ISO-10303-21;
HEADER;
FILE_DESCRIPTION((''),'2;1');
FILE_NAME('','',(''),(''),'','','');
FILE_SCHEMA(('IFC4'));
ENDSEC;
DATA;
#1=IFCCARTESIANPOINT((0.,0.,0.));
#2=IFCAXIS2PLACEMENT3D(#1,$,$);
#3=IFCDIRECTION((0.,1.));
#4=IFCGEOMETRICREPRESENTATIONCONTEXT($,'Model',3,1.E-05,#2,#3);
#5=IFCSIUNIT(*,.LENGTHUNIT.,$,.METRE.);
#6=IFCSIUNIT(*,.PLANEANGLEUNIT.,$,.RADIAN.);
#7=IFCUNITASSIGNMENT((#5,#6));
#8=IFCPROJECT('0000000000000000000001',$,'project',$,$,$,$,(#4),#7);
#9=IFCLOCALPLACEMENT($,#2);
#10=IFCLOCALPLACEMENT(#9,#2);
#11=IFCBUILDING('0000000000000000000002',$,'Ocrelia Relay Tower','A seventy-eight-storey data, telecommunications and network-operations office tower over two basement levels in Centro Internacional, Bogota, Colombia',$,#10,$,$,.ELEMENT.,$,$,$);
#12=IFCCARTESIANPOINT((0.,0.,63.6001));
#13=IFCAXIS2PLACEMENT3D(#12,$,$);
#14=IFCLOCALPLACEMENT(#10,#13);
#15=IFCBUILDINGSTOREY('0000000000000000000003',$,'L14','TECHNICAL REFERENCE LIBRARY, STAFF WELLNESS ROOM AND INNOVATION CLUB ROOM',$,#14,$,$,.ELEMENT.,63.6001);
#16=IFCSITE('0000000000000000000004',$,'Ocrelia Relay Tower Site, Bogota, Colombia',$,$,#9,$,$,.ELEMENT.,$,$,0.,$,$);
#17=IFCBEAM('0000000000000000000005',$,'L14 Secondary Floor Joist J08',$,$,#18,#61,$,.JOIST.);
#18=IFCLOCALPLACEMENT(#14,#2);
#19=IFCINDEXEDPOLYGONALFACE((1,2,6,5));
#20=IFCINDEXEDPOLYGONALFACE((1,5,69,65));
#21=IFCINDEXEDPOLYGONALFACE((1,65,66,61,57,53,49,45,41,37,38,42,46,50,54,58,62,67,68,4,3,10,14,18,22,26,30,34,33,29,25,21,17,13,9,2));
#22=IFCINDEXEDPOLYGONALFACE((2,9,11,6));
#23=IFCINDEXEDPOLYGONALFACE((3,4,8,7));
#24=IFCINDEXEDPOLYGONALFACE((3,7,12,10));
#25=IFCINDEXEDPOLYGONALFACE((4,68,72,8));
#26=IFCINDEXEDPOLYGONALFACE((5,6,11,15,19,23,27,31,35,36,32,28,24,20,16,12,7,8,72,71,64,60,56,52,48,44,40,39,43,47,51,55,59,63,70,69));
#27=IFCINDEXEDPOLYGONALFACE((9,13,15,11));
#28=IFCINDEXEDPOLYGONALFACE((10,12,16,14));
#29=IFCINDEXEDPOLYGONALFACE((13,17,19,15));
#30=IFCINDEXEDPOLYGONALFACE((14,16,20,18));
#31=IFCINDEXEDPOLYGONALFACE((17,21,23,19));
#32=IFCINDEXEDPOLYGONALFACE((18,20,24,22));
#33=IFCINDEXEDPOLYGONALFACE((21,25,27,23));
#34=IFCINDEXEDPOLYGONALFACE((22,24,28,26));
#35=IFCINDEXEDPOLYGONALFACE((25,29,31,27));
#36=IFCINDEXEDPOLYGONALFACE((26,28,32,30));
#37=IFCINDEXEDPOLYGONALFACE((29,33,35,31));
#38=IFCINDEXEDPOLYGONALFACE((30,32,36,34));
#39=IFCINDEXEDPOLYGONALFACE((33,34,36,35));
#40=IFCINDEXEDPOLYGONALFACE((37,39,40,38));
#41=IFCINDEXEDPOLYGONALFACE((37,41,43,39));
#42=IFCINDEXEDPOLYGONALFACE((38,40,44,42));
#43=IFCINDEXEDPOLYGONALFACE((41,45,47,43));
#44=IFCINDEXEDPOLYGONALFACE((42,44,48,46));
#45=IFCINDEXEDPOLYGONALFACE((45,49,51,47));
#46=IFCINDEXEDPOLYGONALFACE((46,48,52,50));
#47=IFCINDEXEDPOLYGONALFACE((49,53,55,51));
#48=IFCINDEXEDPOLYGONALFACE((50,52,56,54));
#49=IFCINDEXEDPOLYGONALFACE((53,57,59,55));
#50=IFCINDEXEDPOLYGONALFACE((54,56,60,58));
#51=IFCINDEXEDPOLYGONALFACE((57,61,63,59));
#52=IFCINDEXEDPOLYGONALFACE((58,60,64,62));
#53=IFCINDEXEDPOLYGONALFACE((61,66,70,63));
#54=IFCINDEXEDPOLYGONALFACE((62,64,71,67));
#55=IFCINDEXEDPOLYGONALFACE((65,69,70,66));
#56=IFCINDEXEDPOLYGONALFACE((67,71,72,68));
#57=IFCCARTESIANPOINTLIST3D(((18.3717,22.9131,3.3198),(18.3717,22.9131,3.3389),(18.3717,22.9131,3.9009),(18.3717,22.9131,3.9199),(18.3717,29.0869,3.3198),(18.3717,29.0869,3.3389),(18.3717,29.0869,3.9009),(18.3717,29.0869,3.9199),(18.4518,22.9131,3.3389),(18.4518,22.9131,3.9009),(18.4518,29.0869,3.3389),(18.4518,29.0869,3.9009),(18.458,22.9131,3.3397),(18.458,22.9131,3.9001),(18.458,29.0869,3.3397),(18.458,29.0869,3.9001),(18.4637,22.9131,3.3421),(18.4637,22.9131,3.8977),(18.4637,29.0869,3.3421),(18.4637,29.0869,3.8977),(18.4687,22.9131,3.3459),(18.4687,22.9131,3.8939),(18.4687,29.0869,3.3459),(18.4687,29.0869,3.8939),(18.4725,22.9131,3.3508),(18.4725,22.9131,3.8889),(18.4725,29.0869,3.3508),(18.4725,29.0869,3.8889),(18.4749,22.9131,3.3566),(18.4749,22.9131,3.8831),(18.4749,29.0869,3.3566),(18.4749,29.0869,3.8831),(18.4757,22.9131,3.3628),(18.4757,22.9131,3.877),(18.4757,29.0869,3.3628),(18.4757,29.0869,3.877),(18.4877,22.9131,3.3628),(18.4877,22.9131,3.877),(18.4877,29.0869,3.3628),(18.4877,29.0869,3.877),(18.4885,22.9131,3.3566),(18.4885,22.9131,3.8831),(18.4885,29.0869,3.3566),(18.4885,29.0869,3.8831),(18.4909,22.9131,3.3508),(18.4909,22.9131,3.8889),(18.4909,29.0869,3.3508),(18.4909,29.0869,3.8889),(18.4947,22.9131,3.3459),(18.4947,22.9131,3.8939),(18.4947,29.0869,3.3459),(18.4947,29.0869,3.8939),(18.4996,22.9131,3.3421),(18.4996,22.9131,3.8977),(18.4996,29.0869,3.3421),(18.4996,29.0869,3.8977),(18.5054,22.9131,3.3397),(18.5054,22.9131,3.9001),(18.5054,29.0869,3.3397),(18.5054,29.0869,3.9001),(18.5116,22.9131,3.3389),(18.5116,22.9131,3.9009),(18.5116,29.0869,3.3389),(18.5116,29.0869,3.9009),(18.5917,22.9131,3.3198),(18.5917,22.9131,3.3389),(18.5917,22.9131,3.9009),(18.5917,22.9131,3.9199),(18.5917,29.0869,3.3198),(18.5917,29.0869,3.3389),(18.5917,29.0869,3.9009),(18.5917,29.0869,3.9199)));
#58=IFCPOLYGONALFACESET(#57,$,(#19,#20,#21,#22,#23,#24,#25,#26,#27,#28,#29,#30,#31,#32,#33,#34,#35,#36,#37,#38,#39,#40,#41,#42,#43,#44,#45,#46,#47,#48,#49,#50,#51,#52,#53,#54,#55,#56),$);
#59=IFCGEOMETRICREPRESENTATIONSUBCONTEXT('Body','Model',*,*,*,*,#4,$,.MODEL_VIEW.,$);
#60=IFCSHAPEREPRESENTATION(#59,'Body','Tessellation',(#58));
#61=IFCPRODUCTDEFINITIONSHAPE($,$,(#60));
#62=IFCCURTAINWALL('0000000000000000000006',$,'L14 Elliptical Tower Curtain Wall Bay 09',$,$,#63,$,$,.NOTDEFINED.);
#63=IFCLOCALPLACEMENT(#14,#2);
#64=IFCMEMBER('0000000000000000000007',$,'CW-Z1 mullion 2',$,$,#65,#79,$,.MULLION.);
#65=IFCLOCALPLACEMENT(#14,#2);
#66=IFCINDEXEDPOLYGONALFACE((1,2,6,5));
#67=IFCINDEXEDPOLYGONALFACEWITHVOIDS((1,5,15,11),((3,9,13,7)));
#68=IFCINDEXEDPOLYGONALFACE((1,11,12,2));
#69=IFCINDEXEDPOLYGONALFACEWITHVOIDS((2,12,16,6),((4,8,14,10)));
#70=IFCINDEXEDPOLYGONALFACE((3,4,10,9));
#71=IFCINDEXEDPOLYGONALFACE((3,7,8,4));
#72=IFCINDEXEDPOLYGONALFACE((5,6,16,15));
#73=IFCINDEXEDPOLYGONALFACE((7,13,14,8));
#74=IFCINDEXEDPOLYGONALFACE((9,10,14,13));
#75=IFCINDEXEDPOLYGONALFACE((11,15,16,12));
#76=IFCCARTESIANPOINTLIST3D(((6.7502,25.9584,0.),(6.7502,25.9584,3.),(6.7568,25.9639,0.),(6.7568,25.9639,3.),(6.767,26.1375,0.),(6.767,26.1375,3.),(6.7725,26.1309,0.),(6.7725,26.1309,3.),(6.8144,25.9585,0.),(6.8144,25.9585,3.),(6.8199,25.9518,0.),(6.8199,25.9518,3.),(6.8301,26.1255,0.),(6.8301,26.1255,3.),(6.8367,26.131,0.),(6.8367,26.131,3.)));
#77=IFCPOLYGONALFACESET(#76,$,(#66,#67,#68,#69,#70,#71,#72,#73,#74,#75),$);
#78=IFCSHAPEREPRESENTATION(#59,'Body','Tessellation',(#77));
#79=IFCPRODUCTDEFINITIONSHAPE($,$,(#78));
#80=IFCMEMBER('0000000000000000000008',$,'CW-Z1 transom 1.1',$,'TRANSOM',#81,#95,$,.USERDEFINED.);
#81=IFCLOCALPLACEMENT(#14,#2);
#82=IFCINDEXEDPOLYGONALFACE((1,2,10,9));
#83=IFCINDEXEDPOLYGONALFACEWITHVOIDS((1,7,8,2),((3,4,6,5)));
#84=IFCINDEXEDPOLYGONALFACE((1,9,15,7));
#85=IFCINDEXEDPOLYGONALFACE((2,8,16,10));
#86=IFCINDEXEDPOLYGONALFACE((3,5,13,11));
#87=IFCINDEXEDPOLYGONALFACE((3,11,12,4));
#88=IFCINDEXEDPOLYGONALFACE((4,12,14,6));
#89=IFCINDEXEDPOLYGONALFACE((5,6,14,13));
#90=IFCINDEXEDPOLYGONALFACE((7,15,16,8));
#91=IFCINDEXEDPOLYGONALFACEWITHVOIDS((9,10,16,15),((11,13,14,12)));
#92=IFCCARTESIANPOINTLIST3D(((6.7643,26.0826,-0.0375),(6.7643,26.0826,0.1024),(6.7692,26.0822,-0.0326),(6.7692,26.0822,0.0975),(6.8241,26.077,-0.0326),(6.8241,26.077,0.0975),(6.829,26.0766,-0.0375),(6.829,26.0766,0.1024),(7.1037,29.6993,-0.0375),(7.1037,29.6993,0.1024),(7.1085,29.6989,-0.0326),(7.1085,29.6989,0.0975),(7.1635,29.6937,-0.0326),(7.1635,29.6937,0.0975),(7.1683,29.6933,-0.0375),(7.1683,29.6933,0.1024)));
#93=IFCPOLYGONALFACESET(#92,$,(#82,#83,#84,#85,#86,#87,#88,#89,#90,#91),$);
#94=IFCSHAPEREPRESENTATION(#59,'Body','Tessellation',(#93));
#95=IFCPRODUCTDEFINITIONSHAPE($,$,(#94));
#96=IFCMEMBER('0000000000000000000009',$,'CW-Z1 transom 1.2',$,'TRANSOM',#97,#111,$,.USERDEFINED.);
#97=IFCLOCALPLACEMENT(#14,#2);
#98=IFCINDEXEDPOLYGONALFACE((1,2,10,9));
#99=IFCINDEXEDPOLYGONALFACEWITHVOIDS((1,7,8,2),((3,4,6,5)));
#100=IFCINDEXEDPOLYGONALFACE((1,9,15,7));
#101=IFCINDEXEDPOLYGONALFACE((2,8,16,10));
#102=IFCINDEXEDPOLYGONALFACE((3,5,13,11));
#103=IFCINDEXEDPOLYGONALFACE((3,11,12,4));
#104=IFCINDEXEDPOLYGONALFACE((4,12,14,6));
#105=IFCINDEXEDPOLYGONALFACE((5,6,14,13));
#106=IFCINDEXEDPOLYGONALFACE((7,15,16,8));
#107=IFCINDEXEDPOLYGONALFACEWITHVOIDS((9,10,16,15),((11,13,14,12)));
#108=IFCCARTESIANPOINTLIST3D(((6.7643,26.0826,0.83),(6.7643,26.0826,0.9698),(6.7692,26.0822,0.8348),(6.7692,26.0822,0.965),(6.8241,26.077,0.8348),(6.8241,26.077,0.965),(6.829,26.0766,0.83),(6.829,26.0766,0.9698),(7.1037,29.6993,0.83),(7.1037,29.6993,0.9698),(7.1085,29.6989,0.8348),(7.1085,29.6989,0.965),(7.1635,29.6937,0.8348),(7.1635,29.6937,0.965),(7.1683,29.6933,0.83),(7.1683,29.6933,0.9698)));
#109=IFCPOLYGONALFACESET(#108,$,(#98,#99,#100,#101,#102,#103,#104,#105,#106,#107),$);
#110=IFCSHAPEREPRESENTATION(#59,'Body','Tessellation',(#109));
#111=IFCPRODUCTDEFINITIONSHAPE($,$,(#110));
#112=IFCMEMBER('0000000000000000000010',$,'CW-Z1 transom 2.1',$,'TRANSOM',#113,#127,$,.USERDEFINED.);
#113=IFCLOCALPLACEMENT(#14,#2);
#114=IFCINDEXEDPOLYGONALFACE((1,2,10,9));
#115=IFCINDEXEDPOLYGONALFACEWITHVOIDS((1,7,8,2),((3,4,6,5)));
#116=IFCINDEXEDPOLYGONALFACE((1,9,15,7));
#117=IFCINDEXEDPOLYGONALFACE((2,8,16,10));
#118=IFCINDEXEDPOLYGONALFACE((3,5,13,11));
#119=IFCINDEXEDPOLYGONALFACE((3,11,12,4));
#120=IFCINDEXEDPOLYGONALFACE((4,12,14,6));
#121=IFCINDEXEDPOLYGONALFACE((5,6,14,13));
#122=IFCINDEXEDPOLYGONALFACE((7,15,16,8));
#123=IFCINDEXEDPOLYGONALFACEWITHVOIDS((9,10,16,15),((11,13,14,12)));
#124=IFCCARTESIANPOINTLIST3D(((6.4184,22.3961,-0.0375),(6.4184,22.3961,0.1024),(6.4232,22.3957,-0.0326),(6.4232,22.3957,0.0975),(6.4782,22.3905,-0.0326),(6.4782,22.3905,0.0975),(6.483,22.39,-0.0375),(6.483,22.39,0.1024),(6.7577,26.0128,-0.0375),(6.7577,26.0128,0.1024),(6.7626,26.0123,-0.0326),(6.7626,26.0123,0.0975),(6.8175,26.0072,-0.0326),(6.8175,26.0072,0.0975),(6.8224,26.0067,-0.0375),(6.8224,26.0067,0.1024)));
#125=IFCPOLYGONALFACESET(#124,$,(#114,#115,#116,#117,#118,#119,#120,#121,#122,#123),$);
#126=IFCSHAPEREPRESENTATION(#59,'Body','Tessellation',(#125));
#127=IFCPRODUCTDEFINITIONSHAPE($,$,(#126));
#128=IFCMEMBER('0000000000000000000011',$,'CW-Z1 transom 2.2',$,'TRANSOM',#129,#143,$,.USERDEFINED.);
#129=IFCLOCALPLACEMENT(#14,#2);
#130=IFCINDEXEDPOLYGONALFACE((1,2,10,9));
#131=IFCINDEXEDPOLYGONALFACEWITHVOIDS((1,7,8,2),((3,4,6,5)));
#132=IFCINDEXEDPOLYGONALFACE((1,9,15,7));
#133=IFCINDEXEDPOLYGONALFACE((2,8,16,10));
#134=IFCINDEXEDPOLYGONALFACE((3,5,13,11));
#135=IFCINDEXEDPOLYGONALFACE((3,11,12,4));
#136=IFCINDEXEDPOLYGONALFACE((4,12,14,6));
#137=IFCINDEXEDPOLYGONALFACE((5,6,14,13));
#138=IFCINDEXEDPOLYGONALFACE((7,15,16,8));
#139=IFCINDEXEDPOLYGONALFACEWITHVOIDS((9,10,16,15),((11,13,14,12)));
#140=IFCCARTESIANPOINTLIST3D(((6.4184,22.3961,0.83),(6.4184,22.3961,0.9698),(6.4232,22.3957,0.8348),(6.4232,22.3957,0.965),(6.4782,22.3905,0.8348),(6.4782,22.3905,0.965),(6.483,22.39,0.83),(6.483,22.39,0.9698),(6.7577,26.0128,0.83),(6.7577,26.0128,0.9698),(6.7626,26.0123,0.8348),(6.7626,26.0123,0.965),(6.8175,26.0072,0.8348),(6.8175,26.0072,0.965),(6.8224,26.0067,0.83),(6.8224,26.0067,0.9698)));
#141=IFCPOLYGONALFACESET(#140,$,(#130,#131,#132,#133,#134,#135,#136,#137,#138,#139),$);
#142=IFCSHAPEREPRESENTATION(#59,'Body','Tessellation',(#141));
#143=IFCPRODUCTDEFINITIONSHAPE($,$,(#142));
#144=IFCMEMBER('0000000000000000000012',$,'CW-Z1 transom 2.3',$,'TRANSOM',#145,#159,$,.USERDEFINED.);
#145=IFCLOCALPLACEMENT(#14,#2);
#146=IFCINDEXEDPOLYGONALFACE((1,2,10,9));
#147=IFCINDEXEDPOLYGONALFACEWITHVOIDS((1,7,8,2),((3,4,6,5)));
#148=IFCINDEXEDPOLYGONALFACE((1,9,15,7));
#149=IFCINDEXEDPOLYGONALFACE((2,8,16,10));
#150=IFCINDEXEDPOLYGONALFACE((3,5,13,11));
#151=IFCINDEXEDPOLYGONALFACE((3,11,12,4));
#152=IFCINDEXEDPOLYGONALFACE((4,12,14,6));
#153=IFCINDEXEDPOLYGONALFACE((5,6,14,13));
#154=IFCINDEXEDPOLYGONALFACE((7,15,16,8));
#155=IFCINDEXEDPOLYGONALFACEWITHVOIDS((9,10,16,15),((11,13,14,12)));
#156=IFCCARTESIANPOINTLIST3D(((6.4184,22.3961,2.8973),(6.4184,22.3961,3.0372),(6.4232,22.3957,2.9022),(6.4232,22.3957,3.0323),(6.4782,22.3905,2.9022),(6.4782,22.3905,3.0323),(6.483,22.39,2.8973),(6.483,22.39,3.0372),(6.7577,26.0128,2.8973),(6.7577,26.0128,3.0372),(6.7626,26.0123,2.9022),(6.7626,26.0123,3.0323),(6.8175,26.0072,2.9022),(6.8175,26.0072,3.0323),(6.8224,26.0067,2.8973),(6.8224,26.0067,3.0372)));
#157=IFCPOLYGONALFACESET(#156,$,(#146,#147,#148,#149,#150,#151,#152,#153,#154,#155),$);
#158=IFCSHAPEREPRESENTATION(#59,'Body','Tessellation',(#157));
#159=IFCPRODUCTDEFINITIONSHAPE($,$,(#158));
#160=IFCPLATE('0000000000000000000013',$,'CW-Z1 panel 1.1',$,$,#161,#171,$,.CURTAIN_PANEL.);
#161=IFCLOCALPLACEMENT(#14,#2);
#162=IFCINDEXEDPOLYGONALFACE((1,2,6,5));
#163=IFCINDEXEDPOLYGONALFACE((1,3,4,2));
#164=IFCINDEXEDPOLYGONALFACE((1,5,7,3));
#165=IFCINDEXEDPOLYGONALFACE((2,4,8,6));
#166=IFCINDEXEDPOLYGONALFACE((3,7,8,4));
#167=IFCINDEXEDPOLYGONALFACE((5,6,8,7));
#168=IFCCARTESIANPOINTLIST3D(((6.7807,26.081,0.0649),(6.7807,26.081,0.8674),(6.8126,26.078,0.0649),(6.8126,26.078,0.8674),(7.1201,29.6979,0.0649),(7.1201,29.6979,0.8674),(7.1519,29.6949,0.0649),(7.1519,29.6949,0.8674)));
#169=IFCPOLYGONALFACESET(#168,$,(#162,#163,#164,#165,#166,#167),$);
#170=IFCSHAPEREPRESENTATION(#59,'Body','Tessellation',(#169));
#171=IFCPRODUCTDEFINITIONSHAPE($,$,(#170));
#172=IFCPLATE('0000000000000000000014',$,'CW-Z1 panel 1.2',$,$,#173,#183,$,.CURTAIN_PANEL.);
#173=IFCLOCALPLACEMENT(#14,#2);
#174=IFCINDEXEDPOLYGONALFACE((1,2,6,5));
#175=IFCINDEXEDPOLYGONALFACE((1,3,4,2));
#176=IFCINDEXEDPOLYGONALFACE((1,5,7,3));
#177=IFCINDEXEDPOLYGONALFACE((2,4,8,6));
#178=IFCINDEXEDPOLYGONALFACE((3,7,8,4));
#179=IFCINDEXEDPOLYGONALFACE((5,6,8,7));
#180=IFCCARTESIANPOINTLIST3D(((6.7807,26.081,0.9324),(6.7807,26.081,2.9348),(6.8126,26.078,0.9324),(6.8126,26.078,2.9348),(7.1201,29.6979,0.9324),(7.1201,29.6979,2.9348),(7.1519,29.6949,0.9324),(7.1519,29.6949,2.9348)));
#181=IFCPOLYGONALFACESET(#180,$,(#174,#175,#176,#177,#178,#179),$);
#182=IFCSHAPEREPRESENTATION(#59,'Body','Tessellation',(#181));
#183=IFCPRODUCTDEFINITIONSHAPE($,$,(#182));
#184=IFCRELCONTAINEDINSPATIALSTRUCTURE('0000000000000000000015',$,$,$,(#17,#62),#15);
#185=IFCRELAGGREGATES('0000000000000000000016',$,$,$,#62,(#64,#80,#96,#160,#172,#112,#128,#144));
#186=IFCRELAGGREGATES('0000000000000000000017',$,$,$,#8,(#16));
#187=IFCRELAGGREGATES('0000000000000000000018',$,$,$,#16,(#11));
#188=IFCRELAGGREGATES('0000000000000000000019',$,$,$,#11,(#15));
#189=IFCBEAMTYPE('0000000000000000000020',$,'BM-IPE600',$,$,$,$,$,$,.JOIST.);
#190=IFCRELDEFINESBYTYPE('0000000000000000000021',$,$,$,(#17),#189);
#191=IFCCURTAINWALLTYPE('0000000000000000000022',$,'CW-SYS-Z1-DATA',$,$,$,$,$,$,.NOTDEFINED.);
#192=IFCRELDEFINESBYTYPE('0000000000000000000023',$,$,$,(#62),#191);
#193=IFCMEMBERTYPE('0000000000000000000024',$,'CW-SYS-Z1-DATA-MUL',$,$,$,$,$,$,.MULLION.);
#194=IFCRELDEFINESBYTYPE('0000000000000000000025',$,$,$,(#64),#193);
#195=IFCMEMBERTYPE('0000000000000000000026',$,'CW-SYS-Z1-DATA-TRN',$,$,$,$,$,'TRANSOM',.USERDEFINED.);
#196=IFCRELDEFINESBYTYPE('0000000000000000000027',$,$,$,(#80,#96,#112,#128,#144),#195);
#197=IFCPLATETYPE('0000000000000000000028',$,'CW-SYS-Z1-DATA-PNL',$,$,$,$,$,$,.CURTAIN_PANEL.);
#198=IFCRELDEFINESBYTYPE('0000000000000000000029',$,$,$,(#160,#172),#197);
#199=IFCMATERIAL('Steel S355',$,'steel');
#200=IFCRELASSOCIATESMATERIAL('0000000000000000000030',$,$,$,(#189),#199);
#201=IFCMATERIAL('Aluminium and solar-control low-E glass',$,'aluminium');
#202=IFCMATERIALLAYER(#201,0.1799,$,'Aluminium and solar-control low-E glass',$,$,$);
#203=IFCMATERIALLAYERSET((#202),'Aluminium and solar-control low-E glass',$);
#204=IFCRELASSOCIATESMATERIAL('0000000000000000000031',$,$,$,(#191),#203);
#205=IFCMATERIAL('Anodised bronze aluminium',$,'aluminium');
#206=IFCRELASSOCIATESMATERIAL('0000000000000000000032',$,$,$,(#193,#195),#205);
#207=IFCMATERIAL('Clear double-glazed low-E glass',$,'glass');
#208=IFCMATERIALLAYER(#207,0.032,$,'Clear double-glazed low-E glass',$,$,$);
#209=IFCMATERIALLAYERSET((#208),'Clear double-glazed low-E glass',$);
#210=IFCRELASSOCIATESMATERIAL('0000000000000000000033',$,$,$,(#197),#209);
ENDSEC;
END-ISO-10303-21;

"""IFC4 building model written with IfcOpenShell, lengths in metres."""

from ifc_helpers import new_model, si_unit, direction, frame, origin, origin_2d, place, context, subcontext, project, spatial, rectangle, hollow_rectangle, i_section, extrude, material, layer, layer_set, material_profile, profile_set, type_object, element, aggregate, save


model = new_model("IFC4")

# Units and contexts
model_context = context("Model", 3, precision=1e-05, world=origin(), true_north=direction((0.0, 1.0)))
body_context = subcontext(model_context, "Body", "Model", "MODEL_VIEW")
ifc_project = project(units=[si_unit("LENGTHUNIT", "METRE"), si_unit("PLANEANGLEUNIT", "RADIAN")], contexts=[model_context])

# Site, building, storey
site_placement = place(None, origin())
site = spatial("IfcSite", under=ifc_project, at=site_placement, Name="Ocrelia Relay Tower Site, Bogota, Colombia", CompositionType="ELEMENT", RefElevation=0.0)
building_placement = place(site_placement, origin())
building = spatial("IfcBuilding", under=site, at=building_placement, Name="Ocrelia Relay Tower", Description="A seventy-eight-storey data, telecommunications and network-operations office tower over two basement levels in Centro Internacional, Bogota, Colombia", CompositionType="ELEMENT")
storey_placement = place(building_placement, frame((0.0, 0.0, 63.6001)))
storey = spatial("IfcBuildingStorey", under=building, at=storey_placement, Name="L14", Description="TECHNICAL REFERENCE LIBRARY, STAFF WELLNESS ROOM AND INNOVATION CLUB ROOM", CompositionType="ELEMENT", Elevation=63.6001)

# Beam
ifc_material_1 = material(Name="Steel S355", Category="steel")
ifc_material_profile_1 = material_profile(ifc_material_1, i_section(OverallWidth=0.22, OverallDepth=0.6001, WebThickness=0.012, FlangeThickness=0.019, FilletRadius=0.0239, at=origin_2d()), Name="IPE 600")
ifc_profile_set_1 = profile_set([ifc_material_profile_1], Name="Steel S355")
beam_type = type_object("IfcBeamType", Name="BM-IPE600", PredefinedType="JOIST", material=ifc_profile_set_1)
beam_placement = place(storey_placement, frame((18.4817, 29.0869, 3.6199), z_axis=(0.0, -1.0, 0.0), x_axis=(1.0, 0.0, 0.0)))
element("IfcBeam", 1, at=beam_placement, inside=storey, type_object=beam_type, Name="L14 Secondary Floor Joist J08", PredefinedType="JOIST", context=body_context, shape_type="SweptSolid", body=[
    extrude(i_section(OverallWidth=0.22, OverallDepth=0.6001, WebThickness=0.012, FlangeThickness=0.019, FilletRadius=0.0239, at=origin_2d()), origin(), (0.0, 0.0, 1.0), 6.1738),
])

# Curtain wall, members, plates
ifc_material_2 = material(Name="Aluminium and solar-control low-E glass", Category="aluminium")
ifc_layer_1 = layer(ifc_material_2, 0.1799, Name="Aluminium and solar-control low-E glass")
ifc_layer_set_1 = layer_set([ifc_layer_1], Name="Aluminium and solar-control low-E glass")
curtain_wall_type = type_object("IfcCurtainWallType", Name="CW-SYS-Z1-DATA", PredefinedType="NOTDEFINED", material=ifc_layer_set_1)
curtain_wall_placement = place(storey_placement, origin())
curtain_wall = element("IfcCurtainWall", 2, at=curtain_wall_placement, inside=storey, type_object=curtain_wall_type, Name="L14 Elliptical Tower Curtain Wall Bay 09", PredefinedType="NOTDEFINED")
ifc_material_3 = material(Name="Anodised bronze aluminium", Category="aluminium")
ifc_material_profile_2 = material_profile(ifc_material_3, hollow_rectangle(XDim=0.0701, YDim=0.1799, WallThickness=0.0061, at=origin_2d()), Name="CW-MUL-180x70")
ifc_profile_set_2 = profile_set([ifc_material_profile_2], Name="Anodised bronze aluminium")
member_type_1 = type_object("IfcMemberType", Name="CW-SYS-Z1-DATA-MUL", PredefinedType="MULLION", material=ifc_profile_set_2)
member_1_placement = place(storey_placement, frame((6.7935, 26.0447, 0.0), z_axis=(0.0, 0.0, 1.0), x_axis=(0.995627, -0.093413, 0.0)))
member_1 = element("IfcMember", 3, at=member_1_placement, type_object=member_type_1, Name="CW-Z1 mullion 2", PredefinedType="MULLION", context=body_context, shape_type="SweptSolid", body=[
    extrude(hollow_rectangle(XDim=0.0701, YDim=0.1799, WallThickness=0.0061, at=origin_2d()), origin(), (0.0, 0.0, 1.0), 3.0),
])
ifc_material_profile_3 = material_profile(ifc_material_3, hollow_rectangle(XDim=0.0649, YDim=0.1399, WallThickness=0.0049, at=origin_2d()), Name="CW-TRN-140x65")
ifc_profile_set_3 = profile_set([ifc_material_profile_3], Name="Anodised bronze aluminium")
member_type_2 = type_object("IfcMemberType", Name="CW-SYS-Z1-DATA-TRN", ElementType="TRANSOM", PredefinedType="USERDEFINED", material=ifc_profile_set_3)
member_2_placement = place(storey_placement, frame((7.136, 29.6963, 0.0325), z_axis=(-0.09342, -0.995627, 0.0), x_axis=(0.995627, -0.09342, 0.0)))
member_2 = element("IfcMember", 4, at=member_2_placement, type_object=member_type_2, Name="CW-Z1 transom 1.1", ObjectType="TRANSOM", PredefinedType="USERDEFINED", context=body_context, shape_type="SweptSolid", body=[
    extrude(hollow_rectangle(XDim=0.0649, YDim=0.1399, WallThickness=0.0049, at=origin_2d()), origin(), (0.0, 0.0, 1.0), 3.6326),
])
member_3_placement = place(storey_placement, frame((7.136, 29.6963, 0.8999), z_axis=(-0.09342, -0.995627, 0.0), x_axis=(0.995627, -0.09342, 0.0)))
member_3 = element("IfcMember", 5, at=member_3_placement, type_object=member_type_2, Name="CW-Z1 transom 1.2", ObjectType="TRANSOM", PredefinedType="USERDEFINED", context=body_context, shape_type="SweptSolid", body=[
    extrude(hollow_rectangle(XDim=0.0649, YDim=0.1399, WallThickness=0.0049, at=origin_2d()), origin(), (0.0, 0.0, 1.0), 3.6326),
])
member_4_placement = place(storey_placement, frame((6.79, 26.0098, 0.0325), z_axis=(-0.09342, -0.995627, 0.0), x_axis=(0.995627, -0.09342, 0.0)))
member_4 = element("IfcMember", 6, at=member_4_placement, type_object=member_type_2, Name="CW-Z1 transom 2.1", ObjectType="TRANSOM", PredefinedType="USERDEFINED", context=body_context, shape_type="SweptSolid", body=[
    extrude(hollow_rectangle(XDim=0.0649, YDim=0.1399, WallThickness=0.0049, at=origin_2d()), origin(), (0.0, 0.0, 1.0), 3.6326),
])
member_5_placement = place(storey_placement, frame((6.79, 26.0098, 0.8999), z_axis=(-0.09342, -0.995627, 0.0), x_axis=(0.995627, -0.09342, 0.0)))
member_5 = element("IfcMember", 7, at=member_5_placement, type_object=member_type_2, Name="CW-Z1 transom 2.2", ObjectType="TRANSOM", PredefinedType="USERDEFINED", context=body_context, shape_type="SweptSolid", body=[
    extrude(hollow_rectangle(XDim=0.0649, YDim=0.1399, WallThickness=0.0049, at=origin_2d()), origin(), (0.0, 0.0, 1.0), 3.6326),
])
member_6_placement = place(storey_placement, frame((6.79, 26.0098, 2.9673), z_axis=(-0.09342, -0.995627, 0.0), x_axis=(0.995627, -0.09342, 0.0)))
member_6 = element("IfcMember", 8, at=member_6_placement, type_object=member_type_2, Name="CW-Z1 transom 2.3", ObjectType="TRANSOM", PredefinedType="USERDEFINED", context=body_context, shape_type="SweptSolid", body=[
    extrude(hollow_rectangle(XDim=0.0649, YDim=0.1399, WallThickness=0.0049, at=origin_2d()), origin(), (0.0, 0.0, 1.0), 3.6326),
])
ifc_material_4 = material(Name="Clear double-glazed low-E glass", Category="glass")
ifc_layer_2 = layer(ifc_material_4, 0.032, Name="Clear double-glazed low-E glass")
ifc_layer_set_2 = layer_set([ifc_layer_2], Name="Clear double-glazed low-E glass")
plate_type = type_object("IfcPlateType", Name="CW-SYS-Z1-DATA-PNL", PredefinedType="CURTAIN_PANEL", material=ifc_layer_set_2)
plate_1_placement = place(storey_placement, frame((6.9663, 27.8879, 0.0649), z_axis=(0.0, 0.0, 1.0), x_axis=(-0.093413, -0.995627, 0.0)))
plate_1 = element("IfcPlate", 9, at=plate_1_placement, type_object=plate_type, Name="CW-Z1 panel 1.1", PredefinedType="CURTAIN_PANEL", context=body_context, shape_type="SweptSolid", body=[
    extrude(rectangle(XDim=3.6328, YDim=0.032, at=origin_2d()), origin(), (0.0, 0.0, 1.0), 0.8025),
])
plate_2_placement = place(storey_placement, frame((6.9663, 27.8879, 0.9324), z_axis=(0.0, 0.0, 1.0), x_axis=(-0.093413, -0.995627, 0.0)))
plate_2 = element("IfcPlate", 10, at=plate_2_placement, type_object=plate_type, Name="CW-Z1 panel 1.2", PredefinedType="CURTAIN_PANEL", context=body_context, shape_type="SweptSolid", body=[
    extrude(rectangle(XDim=3.6328, YDim=0.032, at=origin_2d()), origin(), (0.0, 0.0, 1.0), 2.0024),
])
aggregate(curtain_wall, [member_1, member_2, member_3, plate_1, plate_2, member_4, member_5, member_6])

save(model, "model.ifc")
